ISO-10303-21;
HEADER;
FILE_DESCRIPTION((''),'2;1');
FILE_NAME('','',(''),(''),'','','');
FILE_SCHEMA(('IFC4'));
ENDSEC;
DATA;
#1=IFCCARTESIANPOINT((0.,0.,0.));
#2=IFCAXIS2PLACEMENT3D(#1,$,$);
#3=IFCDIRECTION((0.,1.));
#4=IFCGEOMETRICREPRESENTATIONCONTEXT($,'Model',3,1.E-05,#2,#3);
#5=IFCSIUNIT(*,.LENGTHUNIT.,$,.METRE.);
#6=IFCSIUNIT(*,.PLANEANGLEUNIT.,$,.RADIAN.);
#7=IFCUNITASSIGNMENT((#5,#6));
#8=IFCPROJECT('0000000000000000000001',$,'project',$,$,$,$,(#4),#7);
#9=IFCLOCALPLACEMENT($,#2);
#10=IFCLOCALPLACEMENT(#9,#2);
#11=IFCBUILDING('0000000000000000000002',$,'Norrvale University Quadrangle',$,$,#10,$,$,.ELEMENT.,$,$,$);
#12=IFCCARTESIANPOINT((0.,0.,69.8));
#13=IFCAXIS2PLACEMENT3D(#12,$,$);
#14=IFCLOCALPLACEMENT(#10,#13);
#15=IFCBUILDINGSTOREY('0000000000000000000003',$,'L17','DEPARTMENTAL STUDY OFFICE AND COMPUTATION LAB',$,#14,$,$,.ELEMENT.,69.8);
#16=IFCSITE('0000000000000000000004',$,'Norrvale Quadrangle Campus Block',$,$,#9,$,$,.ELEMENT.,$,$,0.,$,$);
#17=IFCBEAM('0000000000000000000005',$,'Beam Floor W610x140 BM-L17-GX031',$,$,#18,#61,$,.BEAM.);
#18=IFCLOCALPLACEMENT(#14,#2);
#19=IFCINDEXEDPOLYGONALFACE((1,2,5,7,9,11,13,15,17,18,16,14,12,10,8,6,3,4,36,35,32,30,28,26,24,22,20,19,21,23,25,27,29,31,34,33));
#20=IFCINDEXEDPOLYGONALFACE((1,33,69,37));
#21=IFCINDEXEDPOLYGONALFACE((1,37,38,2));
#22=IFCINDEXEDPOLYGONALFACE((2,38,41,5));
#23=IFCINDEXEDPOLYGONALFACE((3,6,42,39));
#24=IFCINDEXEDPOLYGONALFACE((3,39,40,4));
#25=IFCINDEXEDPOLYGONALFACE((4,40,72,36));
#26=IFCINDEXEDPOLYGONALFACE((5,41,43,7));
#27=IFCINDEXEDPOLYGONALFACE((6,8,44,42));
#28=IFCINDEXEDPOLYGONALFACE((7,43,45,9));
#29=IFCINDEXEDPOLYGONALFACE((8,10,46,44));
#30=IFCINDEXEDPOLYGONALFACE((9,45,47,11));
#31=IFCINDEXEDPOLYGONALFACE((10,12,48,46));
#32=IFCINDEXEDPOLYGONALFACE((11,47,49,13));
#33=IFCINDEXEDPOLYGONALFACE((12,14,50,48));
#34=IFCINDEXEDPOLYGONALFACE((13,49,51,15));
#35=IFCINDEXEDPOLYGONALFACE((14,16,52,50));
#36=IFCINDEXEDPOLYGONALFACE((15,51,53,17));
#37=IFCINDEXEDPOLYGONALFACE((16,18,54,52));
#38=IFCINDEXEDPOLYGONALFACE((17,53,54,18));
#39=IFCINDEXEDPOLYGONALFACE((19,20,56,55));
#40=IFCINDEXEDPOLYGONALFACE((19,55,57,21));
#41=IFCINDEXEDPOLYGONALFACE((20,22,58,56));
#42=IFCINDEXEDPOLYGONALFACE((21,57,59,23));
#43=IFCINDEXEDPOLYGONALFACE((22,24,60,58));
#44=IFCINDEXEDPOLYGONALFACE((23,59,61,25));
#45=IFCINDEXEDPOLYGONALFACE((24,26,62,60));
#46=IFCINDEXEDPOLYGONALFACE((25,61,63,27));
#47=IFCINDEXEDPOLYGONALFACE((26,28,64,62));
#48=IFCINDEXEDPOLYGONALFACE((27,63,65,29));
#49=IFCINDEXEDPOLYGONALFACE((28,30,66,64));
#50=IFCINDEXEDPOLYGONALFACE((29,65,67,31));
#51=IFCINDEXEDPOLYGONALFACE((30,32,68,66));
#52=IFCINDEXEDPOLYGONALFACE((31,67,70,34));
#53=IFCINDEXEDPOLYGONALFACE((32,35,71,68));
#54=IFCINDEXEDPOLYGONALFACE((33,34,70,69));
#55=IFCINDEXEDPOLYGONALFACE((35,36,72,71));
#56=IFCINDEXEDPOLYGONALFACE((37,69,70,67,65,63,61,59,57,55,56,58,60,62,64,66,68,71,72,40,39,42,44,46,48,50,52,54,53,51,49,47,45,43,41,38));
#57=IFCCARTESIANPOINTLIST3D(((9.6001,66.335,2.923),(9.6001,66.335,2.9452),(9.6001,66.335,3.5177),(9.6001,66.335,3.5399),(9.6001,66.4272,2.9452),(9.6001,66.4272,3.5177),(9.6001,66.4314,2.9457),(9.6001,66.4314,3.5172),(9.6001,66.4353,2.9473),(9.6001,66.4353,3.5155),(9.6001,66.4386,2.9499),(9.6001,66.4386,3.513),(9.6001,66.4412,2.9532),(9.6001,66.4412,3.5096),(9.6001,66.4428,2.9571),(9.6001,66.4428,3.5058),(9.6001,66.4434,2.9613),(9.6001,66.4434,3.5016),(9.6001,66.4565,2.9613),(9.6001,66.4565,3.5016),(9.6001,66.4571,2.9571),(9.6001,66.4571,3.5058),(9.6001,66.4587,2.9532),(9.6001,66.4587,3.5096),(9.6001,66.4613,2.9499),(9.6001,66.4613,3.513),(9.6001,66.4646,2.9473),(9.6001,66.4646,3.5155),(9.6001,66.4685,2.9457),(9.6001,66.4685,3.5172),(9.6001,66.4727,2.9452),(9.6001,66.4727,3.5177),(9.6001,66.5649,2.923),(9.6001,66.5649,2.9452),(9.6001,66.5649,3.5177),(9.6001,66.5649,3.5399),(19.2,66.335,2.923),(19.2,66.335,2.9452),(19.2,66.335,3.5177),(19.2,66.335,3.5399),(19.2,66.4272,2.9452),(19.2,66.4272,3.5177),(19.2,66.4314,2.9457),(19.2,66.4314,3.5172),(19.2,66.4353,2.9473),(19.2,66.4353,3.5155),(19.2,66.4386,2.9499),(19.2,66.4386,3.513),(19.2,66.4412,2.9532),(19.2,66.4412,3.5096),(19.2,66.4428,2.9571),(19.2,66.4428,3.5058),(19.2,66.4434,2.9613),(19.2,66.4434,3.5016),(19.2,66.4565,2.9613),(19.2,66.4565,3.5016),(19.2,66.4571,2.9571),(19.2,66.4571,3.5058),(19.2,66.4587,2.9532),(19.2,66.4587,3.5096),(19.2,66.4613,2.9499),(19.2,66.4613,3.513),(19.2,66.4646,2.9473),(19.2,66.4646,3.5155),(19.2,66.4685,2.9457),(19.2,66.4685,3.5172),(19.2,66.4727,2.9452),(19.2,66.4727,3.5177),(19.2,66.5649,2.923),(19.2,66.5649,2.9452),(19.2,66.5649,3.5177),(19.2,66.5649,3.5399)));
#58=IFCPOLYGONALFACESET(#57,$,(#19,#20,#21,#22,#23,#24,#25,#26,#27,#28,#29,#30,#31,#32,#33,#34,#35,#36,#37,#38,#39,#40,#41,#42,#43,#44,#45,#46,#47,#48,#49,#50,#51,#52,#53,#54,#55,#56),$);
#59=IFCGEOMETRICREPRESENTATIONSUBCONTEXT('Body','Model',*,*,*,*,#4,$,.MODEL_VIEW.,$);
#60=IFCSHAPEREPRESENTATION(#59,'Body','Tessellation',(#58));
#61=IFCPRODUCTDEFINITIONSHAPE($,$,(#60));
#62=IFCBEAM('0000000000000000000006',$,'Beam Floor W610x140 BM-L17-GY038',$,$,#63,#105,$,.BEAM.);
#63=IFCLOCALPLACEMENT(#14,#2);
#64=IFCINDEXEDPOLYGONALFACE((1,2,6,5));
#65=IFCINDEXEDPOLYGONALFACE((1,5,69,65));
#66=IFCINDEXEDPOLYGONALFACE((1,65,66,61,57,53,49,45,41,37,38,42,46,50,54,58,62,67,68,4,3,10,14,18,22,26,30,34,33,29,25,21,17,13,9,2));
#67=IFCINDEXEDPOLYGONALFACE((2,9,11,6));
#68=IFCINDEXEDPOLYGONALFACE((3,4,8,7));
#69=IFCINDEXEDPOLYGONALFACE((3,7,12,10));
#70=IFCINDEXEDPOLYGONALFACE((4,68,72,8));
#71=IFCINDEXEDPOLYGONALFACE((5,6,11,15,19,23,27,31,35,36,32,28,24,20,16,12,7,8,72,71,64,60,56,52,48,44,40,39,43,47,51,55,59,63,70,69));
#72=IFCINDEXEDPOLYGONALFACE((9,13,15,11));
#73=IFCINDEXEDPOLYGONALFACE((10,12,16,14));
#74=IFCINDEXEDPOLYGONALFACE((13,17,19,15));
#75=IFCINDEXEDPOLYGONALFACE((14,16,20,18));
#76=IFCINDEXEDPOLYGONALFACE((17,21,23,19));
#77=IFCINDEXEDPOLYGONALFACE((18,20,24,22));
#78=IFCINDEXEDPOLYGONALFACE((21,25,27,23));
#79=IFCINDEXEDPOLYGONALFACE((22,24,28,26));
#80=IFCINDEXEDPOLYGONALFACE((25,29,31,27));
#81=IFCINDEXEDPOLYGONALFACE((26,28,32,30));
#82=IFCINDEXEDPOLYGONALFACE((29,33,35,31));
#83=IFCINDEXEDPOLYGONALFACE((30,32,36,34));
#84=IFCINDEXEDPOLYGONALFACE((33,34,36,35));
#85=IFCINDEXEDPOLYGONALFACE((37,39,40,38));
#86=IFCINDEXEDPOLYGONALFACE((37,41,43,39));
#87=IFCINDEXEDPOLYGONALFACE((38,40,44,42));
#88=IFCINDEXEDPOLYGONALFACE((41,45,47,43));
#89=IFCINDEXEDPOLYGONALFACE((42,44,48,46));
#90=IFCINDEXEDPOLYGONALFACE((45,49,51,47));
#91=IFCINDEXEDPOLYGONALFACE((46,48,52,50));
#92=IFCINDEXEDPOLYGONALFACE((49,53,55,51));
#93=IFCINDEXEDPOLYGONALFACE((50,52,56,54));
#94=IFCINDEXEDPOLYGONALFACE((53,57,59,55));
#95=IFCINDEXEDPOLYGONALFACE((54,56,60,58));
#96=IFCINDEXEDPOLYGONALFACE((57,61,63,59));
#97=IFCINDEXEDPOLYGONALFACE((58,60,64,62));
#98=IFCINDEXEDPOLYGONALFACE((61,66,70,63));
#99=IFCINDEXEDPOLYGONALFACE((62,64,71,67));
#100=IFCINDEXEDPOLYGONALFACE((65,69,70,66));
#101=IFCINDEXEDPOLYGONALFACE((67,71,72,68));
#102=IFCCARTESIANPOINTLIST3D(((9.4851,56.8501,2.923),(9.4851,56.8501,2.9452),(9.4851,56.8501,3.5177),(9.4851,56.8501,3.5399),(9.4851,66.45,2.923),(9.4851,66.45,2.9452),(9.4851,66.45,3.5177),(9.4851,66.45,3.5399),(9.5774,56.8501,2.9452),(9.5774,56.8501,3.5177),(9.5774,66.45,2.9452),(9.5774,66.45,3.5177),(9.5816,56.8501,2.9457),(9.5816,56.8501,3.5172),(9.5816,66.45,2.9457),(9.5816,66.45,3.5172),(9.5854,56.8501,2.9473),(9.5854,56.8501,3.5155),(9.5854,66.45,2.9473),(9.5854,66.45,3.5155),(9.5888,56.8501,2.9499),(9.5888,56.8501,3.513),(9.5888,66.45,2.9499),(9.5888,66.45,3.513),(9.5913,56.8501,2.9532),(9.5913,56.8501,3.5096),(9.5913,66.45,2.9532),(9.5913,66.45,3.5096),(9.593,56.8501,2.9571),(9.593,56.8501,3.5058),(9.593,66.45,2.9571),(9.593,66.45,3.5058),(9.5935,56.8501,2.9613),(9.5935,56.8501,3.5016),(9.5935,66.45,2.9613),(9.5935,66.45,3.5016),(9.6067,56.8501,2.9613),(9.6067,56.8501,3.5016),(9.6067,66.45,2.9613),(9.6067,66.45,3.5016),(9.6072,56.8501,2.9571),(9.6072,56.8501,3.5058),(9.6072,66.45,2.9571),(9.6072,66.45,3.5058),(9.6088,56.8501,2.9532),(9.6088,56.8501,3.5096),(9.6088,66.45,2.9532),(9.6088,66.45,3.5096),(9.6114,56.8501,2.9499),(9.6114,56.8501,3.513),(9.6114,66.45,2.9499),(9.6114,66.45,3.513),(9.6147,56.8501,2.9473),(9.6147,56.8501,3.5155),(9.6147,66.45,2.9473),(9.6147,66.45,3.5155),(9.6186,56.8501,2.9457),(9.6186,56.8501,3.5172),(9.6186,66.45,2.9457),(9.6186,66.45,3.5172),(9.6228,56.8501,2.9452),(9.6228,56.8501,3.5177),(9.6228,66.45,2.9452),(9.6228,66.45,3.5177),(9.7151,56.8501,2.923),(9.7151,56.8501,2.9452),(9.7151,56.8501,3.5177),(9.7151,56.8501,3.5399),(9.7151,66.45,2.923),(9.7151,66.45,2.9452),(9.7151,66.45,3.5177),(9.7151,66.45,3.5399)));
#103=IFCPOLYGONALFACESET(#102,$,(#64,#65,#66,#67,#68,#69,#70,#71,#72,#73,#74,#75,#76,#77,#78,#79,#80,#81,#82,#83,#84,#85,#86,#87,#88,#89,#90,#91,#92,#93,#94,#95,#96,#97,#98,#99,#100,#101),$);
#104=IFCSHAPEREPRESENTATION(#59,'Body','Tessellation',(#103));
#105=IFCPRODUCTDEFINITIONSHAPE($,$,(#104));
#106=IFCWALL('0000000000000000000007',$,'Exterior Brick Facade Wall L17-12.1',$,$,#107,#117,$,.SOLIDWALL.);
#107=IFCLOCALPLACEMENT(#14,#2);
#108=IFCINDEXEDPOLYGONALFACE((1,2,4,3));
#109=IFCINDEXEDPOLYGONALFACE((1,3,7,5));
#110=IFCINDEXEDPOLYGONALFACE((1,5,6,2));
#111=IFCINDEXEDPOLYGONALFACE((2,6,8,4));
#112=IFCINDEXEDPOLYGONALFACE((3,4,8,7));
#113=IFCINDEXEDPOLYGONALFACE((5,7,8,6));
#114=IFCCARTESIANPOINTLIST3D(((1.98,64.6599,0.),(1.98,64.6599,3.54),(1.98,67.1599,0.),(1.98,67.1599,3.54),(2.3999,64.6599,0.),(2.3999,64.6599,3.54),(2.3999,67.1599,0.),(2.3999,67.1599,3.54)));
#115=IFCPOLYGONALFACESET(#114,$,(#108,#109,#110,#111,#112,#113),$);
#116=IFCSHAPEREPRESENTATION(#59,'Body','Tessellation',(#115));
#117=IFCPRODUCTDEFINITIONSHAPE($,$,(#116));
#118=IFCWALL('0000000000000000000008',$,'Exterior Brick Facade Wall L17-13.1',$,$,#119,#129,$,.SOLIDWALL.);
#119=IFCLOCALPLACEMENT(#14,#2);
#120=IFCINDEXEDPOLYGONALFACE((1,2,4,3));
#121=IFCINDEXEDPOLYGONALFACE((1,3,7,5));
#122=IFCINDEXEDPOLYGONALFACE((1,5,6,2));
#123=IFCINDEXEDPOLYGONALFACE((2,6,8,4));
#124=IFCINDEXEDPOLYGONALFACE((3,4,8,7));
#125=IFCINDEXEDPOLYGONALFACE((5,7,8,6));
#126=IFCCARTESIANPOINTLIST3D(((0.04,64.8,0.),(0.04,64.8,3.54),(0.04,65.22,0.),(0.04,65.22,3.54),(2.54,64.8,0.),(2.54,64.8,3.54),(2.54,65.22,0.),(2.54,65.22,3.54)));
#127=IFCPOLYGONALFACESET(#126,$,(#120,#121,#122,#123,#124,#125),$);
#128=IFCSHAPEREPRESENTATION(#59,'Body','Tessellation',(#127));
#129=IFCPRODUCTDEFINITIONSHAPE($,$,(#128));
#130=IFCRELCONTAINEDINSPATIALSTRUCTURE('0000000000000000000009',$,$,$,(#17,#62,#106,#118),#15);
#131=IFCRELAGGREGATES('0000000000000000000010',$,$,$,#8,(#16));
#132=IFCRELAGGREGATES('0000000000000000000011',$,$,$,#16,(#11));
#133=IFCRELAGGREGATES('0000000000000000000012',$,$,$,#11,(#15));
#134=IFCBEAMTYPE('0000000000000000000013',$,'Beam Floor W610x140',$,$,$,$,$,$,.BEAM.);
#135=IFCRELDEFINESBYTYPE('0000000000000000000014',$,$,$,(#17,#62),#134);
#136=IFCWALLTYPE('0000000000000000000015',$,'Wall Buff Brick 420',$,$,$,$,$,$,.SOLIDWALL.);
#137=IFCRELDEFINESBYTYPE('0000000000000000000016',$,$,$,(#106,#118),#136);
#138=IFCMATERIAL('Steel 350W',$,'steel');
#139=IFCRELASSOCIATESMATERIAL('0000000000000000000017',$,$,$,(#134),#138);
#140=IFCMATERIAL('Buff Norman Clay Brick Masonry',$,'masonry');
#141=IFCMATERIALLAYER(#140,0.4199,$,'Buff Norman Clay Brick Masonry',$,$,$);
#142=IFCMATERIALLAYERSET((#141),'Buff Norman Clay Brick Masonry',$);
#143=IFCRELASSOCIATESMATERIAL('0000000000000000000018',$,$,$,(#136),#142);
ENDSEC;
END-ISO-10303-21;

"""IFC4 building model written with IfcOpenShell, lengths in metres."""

from ifc_helpers import new_model, si_unit, direction, frame, frame_2d, origin, origin_2d, place, context, subcontext, project, spatial, rectangle, i_section, extrude, material, layer, layer_set, material_profile, profile_set, type_object, element, save


model = new_model("IFC4")

# Units and contexts
model_context = context("Model", 3, precision=1e-05, world=origin(), true_north=direction((0.0, 1.0)))
body_context = subcontext(model_context, "Body", "Model", "MODEL_VIEW")
ifc_project = project(units=[si_unit("LENGTHUNIT", "METRE"), si_unit("PLANEANGLEUNIT", "RADIAN")], contexts=[model_context])

# Site, building, storey
site_placement = place(None, origin())
site = spatial("IfcSite", under=ifc_project, at=site_placement, Name="Norrvale Quadrangle Campus Block", CompositionType="ELEMENT", RefElevation=0.0)
building_placement = place(site_placement, origin())
building = spatial("IfcBuilding", under=site, at=building_placement, Name="Norrvale University Quadrangle", CompositionType="ELEMENT")
storey_placement = place(building_placement, frame((0.0, 0.0, 69.8)))
storey = spatial("IfcBuildingStorey", under=building, at=storey_placement, Name="L17", Description="DEPARTMENTAL STUDY OFFICE AND COMPUTATION LAB", CompositionType="ELEMENT", Elevation=69.8)

# Beams
ifc_material_1 = material(Name="Steel 350W", Category="steel")
ifc_material_profile_1 = material_profile(ifc_material_1, i_section(OverallWidth=0.23, OverallDepth=0.6169, WebThickness=0.0132, FlangeThickness=0.0222, FilletRadius=0.0161, at=origin_2d()), Name="Steel 350W")
ifc_profile_set_1 = profile_set([ifc_material_profile_1], Name="Steel 350W")
beam_type_1 = type_object("IfcBeamType", Name="Beam Floor W610x140", PredefinedType="BEAM", material=ifc_profile_set_1)
for number, where, z_axis, x_axis, name in (
    (1, (9.6001, 66.45, 3.2314), (1.0, 0.0, 0.0), (0.0, 1.0, 0.0), "Beam Floor W610x140 BM-L17-GX031"),
    (2, (9.6001, 56.8501, 3.2314), (0.0, 1.0, 0.0), (-1.0, 0.0, 0.0), "Beam Floor W610x140 BM-L17-GY038"),
):
    element("IfcBeam", number, at=place(storey_placement, frame(where, z_axis=z_axis, x_axis=x_axis)), inside=storey, type_object=beam_type_1, Name=name, PredefinedType="BEAM", context=body_context, shape_type="SweptSolid", body=[
        extrude(i_section(OverallWidth=0.23, OverallDepth=0.6169, WebThickness=0.0132, FlangeThickness=0.0222, FilletRadius=0.0161, at=origin_2d()), origin(), (0.0, 0.0, 1.0), 9.5999),
    ])

# Walls
ifc_material_2 = material(Name="Buff Norman Clay Brick Masonry", Category="masonry")
ifc_layer = layer(ifc_material_2, 0.4199, Name="Buff Norman Clay Brick Masonry")
ifc_layer_set = layer_set([ifc_layer], Name="Buff Norman Clay Brick Masonry")
wall_type = type_object("IfcWallType", Name="Wall Buff Brick 420", PredefinedType="SOLIDWALL", material=ifc_layer_set)
for number, where, z_axis, x_axis, name in (
    (3, (2.1899, 67.1599, 0.0), (0.0, 0.0, 1.0), (0.0, -1.0, 0.0), "Exterior Brick Facade Wall L17-12.1"),
    (4, (2.54, 65.01, 0.0), (0.0, 0.0, 1.0), (-1.0, 0.0, 0.0), "Exterior Brick Facade Wall L17-13.1"),
):
    element("IfcWall", number, at=place(storey_placement, frame(where, z_axis=z_axis, x_axis=x_axis)), inside=storey, type_object=wall_type, Name=name, PredefinedType="SOLIDWALL", context=body_context, shape_type="SweptSolid", body=[
        extrude(rectangle(XDim=2.5, YDim=0.4199, at=frame_2d((1.25, 0.0))), origin(), (0.0, 0.0, 1.0), 3.54),
    ])

save(model, "model.ifc")
